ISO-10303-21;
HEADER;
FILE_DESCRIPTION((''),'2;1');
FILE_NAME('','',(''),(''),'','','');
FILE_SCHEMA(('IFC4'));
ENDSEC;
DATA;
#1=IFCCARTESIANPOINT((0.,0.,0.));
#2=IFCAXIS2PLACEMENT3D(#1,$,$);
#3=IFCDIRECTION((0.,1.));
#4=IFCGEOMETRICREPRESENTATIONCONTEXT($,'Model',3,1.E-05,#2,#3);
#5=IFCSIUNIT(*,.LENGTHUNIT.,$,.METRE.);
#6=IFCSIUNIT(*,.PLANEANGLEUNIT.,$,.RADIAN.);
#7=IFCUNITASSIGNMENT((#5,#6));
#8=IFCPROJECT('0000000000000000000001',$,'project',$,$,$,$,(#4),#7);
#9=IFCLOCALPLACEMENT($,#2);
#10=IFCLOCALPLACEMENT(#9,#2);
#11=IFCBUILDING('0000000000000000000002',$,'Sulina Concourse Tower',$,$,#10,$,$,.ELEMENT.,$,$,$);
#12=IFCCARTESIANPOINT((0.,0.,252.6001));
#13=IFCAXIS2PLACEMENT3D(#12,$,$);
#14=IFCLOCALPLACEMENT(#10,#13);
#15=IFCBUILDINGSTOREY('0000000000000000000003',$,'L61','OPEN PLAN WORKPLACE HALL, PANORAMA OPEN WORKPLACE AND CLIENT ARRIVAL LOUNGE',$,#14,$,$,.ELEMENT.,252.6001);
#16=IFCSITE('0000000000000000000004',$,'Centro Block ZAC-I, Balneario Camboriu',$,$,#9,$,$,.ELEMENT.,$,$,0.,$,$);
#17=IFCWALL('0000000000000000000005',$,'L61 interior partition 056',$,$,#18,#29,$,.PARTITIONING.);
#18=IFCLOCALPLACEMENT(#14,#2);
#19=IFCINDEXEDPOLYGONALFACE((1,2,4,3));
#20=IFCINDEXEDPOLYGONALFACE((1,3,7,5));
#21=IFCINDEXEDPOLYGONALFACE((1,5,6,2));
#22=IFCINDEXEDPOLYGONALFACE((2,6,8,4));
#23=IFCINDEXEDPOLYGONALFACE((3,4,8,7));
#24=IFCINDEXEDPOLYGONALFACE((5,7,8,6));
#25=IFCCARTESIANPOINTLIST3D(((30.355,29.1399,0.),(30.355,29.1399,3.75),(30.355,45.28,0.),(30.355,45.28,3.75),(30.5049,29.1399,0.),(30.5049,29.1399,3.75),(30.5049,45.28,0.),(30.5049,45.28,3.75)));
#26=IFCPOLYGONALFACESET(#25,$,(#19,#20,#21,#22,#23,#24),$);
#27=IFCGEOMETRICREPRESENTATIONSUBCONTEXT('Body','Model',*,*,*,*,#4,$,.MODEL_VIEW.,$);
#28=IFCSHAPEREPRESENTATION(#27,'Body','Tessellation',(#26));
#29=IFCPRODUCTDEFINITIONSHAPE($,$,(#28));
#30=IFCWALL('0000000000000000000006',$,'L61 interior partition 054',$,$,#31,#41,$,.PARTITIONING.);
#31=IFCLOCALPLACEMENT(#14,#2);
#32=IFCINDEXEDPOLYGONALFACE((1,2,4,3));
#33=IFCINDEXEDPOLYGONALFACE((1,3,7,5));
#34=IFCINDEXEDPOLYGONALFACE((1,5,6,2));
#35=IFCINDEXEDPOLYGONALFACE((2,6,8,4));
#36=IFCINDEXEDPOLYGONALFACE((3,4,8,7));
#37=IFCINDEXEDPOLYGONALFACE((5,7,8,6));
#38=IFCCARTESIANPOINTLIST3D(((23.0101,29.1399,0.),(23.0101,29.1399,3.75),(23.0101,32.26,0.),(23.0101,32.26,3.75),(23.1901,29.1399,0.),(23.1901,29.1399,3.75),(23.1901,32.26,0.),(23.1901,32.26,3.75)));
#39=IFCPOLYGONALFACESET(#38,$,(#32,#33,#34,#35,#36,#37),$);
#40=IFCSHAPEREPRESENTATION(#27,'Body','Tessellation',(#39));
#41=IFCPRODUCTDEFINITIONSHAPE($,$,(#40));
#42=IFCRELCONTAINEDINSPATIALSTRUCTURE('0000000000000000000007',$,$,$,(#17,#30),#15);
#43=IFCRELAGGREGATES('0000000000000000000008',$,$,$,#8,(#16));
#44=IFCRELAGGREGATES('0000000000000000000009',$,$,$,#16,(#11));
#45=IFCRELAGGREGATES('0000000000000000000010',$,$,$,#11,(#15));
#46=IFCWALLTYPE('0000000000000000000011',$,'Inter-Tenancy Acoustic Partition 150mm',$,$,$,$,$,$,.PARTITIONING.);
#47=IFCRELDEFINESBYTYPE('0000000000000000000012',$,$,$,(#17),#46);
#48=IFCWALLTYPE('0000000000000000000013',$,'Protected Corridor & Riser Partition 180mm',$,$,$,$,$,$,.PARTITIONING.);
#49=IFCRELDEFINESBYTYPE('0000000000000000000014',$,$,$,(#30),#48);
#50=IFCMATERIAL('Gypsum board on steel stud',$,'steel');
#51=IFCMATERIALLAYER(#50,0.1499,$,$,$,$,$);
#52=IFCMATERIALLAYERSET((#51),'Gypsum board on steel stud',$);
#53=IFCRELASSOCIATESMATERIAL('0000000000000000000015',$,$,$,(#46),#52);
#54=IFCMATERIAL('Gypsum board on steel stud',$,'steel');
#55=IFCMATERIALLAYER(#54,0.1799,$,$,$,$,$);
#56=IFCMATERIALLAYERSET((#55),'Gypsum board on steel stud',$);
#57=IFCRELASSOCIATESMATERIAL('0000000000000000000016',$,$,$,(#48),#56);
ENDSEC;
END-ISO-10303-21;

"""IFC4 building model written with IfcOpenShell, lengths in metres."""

from ifc_helpers import new_model, si_unit, direction, frame, frame_2d, origin, place, context, subcontext, project, spatial, rectangle, extrude, material, layer, layer_set, type_object, element, save


model = new_model("IFC4")

# Units and contexts
model_context = context("Model", 3, precision=1e-05, world=origin(), true_north=direction((0.0, 1.0)))
body_context = subcontext(model_context, "Body", "Model", "MODEL_VIEW")
ifc_project = project(units=[si_unit("LENGTHUNIT", "METRE"), si_unit("PLANEANGLEUNIT", "RADIAN")], contexts=[model_context])

# Site, building, storey
site_placement = place(None, origin())
site = spatial("IfcSite", under=ifc_project, at=site_placement, Name="Centro Block ZAC-I, Balneario Camboriu", CompositionType="ELEMENT", RefElevation=0.0)
building_placement = place(site_placement, origin())
building = spatial("IfcBuilding", under=site, at=building_placement, Name="Sulina Concourse Tower", CompositionType="ELEMENT")
storey_placement = place(building_placement, frame((0.0, 0.0, 252.6001)))
storey = spatial("IfcBuildingStorey", under=building, at=storey_placement, Name="L61", Description="OPEN PLAN WORKPLACE HALL, PANORAMA OPEN WORKPLACE AND CLIENT ARRIVAL LOUNGE", CompositionType="ELEMENT", Elevation=252.6001)

# Walls
ifc_material_1 = material(Name="Gypsum board on steel stud", Category="steel")
ifc_layer_1 = layer(ifc_material_1, 0.1499)
ifc_layer_set_1 = layer_set([ifc_layer_1], Name="Gypsum board on steel stud")
wall_type_1 = type_object("IfcWallType", Name="Inter-Tenancy Acoustic Partition 150mm", PredefinedType="PARTITIONING", material=ifc_layer_set_1)
wall_1_placement = place(storey_placement, frame((30.4299, 29.1399, 0.0), z_axis=(0.0, 0.0, 1.0), x_axis=(0.0, 1.0, 0.0)))
element("IfcWall", 1, at=wall_1_placement, inside=storey, type_object=wall_type_1, Name="L61 interior partition 056", PredefinedType="PARTITIONING", context=body_context, shape_type="SweptSolid", body=[
    extrude(rectangle(XDim=16.1401, YDim=0.1499, at=frame_2d((8.0701, 0.0))), origin(), (0.0, 0.0, 1.0), 3.75),
])
ifc_material_2 = material(Name="Gypsum board on steel stud", Category="steel")
ifc_layer_2 = layer(ifc_material_2, 0.1799)
ifc_layer_set_2 = layer_set([ifc_layer_2], Name="Gypsum board on steel stud")
wall_type_2 = type_object("IfcWallType", Name="Protected Corridor & Riser Partition 180mm", PredefinedType="PARTITIONING", material=ifc_layer_set_2)
wall_2_placement = place(storey_placement, frame((23.1001, 29.1399, 0.0), z_axis=(0.0, 0.0, 1.0), x_axis=(0.0, 1.0, 0.0)))
element("IfcWall", 2, at=wall_2_placement, inside=storey, type_object=wall_type_2, Name="L61 interior partition 054", PredefinedType="PARTITIONING", context=body_context, shape_type="SweptSolid", body=[
    extrude(rectangle(XDim=3.1201, YDim=0.1799, at=frame_2d((1.5601, 0.0))), origin(), (0.0, 0.0, 1.0), 3.75),
])

save(model, "model.ifc")
